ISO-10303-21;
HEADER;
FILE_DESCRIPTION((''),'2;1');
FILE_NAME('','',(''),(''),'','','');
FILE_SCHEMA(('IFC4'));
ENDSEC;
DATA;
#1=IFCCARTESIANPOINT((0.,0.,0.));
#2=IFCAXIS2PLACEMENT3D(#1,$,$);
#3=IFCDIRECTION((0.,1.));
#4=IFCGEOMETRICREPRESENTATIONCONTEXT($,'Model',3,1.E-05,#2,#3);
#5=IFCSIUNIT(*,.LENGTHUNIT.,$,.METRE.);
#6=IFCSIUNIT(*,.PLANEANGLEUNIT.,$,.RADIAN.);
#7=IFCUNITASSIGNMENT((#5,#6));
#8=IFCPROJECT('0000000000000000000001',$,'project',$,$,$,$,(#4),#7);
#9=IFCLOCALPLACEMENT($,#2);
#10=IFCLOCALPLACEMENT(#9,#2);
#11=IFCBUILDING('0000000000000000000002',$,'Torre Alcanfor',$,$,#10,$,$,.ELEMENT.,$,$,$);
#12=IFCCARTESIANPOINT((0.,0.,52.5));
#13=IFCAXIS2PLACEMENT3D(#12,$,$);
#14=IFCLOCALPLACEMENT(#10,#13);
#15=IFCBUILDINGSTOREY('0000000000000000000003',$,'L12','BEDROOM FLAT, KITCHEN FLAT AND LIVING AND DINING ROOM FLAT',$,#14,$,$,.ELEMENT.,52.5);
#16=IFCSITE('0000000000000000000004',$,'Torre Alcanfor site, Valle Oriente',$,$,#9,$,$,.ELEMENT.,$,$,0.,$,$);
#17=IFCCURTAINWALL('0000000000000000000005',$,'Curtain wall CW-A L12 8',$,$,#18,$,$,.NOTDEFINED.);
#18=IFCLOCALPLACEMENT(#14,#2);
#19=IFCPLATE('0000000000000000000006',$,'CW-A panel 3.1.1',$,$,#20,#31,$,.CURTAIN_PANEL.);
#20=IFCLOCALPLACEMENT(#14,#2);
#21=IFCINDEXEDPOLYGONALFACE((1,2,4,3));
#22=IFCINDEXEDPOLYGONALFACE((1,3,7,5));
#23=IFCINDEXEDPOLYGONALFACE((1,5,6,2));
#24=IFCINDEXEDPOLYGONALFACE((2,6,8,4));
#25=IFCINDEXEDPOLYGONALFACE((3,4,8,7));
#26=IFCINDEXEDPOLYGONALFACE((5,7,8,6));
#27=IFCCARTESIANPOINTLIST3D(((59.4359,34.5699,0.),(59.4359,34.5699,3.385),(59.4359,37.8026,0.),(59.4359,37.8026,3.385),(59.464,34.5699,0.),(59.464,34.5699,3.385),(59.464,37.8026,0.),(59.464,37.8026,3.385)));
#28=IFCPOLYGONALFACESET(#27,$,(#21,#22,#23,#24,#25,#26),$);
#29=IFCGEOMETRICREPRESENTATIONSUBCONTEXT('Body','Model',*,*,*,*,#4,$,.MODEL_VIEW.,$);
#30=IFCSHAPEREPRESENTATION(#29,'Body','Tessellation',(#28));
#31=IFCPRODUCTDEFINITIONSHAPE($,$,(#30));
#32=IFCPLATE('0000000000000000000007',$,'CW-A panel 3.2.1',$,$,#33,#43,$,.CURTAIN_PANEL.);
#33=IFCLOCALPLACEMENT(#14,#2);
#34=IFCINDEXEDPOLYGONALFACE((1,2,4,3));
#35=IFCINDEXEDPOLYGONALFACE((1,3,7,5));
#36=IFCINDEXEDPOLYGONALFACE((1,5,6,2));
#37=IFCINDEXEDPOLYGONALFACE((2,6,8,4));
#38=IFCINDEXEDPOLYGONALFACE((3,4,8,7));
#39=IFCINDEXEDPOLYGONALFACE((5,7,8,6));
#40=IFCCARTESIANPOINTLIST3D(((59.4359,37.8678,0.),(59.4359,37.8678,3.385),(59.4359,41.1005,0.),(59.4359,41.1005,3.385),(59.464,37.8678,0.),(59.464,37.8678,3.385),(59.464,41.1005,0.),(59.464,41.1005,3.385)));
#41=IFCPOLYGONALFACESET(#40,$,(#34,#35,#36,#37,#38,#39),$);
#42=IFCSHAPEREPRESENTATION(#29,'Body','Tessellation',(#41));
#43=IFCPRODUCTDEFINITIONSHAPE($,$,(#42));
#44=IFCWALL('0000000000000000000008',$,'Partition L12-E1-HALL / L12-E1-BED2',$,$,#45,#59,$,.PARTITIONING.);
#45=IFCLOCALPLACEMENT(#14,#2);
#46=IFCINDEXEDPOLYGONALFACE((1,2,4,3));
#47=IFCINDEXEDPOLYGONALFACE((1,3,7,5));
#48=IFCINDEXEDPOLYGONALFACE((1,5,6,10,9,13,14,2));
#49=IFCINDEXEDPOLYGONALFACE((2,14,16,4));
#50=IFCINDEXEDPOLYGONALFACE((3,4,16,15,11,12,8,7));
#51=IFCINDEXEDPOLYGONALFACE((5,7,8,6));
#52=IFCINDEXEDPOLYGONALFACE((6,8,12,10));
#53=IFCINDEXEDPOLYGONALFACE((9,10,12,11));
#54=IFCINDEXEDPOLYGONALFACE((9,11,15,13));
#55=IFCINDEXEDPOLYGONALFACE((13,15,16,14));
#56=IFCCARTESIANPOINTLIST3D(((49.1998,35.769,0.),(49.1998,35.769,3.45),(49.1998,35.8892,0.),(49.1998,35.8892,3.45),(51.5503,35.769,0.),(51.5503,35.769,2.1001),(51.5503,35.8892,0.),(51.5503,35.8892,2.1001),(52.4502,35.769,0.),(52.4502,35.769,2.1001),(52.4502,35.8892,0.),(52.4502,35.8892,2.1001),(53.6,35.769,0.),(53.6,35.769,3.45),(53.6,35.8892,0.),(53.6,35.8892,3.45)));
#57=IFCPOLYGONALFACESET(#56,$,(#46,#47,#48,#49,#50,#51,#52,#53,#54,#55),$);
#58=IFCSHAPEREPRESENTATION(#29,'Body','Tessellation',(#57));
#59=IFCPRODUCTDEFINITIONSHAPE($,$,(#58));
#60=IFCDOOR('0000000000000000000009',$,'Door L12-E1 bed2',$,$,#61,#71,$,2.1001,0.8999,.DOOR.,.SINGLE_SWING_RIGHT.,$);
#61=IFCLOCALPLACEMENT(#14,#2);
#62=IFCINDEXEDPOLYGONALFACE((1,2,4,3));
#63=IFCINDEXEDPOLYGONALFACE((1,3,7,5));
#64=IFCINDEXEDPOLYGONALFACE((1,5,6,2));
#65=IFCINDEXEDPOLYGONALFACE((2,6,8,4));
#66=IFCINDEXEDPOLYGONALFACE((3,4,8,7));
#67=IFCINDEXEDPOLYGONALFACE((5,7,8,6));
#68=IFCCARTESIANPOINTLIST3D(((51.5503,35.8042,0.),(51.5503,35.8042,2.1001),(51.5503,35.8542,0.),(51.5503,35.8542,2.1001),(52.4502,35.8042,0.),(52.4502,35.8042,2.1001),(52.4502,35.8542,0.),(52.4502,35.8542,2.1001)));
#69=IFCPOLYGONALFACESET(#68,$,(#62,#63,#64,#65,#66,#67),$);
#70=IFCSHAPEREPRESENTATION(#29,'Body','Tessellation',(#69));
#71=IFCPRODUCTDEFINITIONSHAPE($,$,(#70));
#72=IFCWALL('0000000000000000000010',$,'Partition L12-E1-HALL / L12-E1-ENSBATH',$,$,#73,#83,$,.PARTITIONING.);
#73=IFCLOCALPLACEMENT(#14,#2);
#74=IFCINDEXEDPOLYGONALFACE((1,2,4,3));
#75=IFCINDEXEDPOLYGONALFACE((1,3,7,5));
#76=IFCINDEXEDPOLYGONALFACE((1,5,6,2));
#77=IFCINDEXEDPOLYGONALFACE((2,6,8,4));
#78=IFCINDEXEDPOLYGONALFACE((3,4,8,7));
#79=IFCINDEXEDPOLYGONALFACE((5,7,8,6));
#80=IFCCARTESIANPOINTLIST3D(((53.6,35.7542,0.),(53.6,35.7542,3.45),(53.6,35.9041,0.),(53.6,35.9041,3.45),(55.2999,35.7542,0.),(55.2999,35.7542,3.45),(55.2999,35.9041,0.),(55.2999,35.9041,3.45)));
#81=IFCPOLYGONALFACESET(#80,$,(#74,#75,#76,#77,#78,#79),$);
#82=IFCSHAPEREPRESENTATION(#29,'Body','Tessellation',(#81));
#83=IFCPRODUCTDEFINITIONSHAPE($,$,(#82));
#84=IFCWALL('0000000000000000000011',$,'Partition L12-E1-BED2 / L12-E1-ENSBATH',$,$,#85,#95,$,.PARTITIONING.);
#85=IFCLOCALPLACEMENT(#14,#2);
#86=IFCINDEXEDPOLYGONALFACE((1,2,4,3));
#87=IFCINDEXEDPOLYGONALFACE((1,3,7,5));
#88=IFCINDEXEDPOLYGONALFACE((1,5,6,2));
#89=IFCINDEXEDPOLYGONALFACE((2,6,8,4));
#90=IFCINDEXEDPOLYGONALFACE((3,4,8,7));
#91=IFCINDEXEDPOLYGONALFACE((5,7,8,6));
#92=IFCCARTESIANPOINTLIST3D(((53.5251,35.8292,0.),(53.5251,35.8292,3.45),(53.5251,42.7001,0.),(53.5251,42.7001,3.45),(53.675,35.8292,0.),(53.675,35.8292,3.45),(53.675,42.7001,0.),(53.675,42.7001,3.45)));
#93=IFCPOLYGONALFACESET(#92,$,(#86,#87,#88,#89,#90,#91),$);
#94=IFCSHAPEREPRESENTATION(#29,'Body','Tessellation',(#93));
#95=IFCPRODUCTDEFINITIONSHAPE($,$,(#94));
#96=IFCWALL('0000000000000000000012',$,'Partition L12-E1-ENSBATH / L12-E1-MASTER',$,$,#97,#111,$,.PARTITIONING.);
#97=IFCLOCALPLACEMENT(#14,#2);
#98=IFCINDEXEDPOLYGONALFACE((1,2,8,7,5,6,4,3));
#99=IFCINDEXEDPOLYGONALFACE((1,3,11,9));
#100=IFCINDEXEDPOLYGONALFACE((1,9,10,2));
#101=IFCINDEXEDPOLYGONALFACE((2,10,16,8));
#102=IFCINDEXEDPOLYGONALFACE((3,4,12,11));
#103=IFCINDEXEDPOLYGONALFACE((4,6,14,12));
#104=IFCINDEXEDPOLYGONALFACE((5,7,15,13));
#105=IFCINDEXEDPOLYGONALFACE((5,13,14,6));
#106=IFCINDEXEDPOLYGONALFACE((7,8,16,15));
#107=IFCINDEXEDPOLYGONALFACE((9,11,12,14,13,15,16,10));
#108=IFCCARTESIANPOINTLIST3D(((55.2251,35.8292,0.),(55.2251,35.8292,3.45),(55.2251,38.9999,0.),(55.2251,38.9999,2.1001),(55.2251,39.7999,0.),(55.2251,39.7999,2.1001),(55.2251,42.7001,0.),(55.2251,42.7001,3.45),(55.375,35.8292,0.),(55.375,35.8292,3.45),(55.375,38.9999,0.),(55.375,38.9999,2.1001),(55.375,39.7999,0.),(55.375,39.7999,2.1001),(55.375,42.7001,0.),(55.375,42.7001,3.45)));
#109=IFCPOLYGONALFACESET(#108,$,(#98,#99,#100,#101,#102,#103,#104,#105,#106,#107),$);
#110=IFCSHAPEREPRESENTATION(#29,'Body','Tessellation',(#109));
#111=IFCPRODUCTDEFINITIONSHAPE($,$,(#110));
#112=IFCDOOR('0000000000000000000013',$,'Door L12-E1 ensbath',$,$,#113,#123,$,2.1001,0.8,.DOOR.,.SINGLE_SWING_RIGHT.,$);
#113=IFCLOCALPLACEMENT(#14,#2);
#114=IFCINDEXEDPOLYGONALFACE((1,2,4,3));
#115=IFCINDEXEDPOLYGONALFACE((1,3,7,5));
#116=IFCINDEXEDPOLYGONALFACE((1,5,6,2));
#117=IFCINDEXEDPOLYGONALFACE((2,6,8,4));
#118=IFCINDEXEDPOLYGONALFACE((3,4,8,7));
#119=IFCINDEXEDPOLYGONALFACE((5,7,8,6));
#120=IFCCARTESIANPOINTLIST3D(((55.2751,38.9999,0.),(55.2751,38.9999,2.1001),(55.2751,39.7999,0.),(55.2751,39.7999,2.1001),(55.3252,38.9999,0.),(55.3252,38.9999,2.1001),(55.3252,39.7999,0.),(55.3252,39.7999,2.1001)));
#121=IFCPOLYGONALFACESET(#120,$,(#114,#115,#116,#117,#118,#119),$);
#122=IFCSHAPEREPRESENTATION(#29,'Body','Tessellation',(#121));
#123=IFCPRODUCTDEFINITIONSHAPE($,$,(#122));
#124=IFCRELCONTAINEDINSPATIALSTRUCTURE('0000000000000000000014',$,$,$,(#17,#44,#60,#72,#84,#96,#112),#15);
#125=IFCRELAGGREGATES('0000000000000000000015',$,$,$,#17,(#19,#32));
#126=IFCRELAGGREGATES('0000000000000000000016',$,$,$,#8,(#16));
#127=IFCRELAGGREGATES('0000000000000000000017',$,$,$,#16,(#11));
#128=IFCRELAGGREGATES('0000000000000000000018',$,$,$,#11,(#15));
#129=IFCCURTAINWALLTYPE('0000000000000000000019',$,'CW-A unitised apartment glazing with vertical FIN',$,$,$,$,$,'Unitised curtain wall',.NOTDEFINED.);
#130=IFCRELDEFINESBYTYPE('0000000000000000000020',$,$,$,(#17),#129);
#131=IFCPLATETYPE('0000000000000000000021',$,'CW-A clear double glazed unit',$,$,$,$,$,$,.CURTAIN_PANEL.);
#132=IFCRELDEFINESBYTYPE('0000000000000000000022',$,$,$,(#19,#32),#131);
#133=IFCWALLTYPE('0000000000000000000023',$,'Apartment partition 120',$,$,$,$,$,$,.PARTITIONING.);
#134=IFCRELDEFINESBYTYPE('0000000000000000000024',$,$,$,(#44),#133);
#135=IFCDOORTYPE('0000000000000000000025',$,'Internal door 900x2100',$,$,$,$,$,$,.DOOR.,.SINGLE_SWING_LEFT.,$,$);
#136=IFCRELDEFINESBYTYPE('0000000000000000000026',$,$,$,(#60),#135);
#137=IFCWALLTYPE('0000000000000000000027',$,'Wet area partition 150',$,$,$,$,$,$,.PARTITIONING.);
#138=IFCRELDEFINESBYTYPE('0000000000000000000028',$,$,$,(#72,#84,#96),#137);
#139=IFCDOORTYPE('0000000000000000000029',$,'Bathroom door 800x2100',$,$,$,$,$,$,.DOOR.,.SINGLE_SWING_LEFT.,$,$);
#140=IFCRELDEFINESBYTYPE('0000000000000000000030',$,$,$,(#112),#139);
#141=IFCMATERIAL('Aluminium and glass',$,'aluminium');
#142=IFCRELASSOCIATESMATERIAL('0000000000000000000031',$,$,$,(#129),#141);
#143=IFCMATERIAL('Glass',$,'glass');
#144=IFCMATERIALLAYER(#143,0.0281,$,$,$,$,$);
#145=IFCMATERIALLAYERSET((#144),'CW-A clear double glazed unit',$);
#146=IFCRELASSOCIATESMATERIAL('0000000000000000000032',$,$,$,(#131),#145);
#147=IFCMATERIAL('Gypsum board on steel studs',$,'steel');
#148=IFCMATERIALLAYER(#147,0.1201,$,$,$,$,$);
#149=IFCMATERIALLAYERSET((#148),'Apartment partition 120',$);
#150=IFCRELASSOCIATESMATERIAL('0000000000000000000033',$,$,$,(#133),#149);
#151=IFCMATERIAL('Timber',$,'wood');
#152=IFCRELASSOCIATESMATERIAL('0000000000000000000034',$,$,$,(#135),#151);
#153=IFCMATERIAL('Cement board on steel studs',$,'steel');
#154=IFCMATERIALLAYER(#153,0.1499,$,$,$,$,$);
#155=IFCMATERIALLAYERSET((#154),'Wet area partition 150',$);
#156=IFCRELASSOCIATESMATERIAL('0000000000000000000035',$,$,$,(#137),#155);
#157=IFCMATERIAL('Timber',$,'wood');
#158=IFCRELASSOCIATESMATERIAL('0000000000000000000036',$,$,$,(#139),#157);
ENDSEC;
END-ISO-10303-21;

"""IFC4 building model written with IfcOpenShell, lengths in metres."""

from ifc_helpers import new_model, si_unit, direction, frame, frame_2d, origin, origin_2d, place, context, subcontext, project, spatial, rectangle, extrude, material, layer, layer_set, type_object, element, fill, aggregate, save


model = new_model("IFC4")

# Units and contexts
model_context = context("Model", 3, precision=1e-05, world=origin(), true_north=direction((0.0, 1.0)))
body_context = subcontext(model_context, "Body", "Model", "MODEL_VIEW")
ifc_project = project(units=[si_unit("LENGTHUNIT", "METRE"), si_unit("PLANEANGLEUNIT", "RADIAN")], contexts=[model_context])

# Site, building, storey
site_placement = place(None, origin())
site = spatial("IfcSite", under=ifc_project, at=site_placement, Name="Torre Alcanfor site, Valle Oriente", CompositionType="ELEMENT", RefElevation=0.0)
building_placement = place(site_placement, origin())
building = spatial("IfcBuilding", under=site, at=building_placement, Name="Torre Alcanfor", CompositionType="ELEMENT")
storey_placement = place(building_placement, frame((0.0, 0.0, 52.5)))
storey = spatial("IfcBuildingStorey", under=building, at=storey_placement, Name="L12", Description="BEDROOM FLAT, KITCHEN FLAT AND LIVING AND DINING ROOM FLAT", CompositionType="ELEMENT", Elevation=52.5)

# Curtain wall
ifc_material_1 = material(Name="Aluminium and glass", Category="aluminium")
curtain_wall_type = type_object("IfcCurtainWallType", Name="CW-A unitised apartment glazing with vertical FIN", ElementType="Unitised curtain wall", PredefinedType="NOTDEFINED", material=ifc_material_1)
curtain_wall_placement = place(storey_placement, origin())
curtain_wall = element("IfcCurtainWall", 1, at=curtain_wall_placement, inside=storey, type_object=curtain_wall_type, Name="Curtain wall CW-A L12 8", PredefinedType="NOTDEFINED")

# Plates
ifc_material_2 = material(Name="Glass", Category="glass")
ifc_layer_1 = layer(ifc_material_2, 0.0281)
ifc_layer_set_1 = layer_set([ifc_layer_1], Name="CW-A clear double glazed unit")
plate_type = type_object("IfcPlateType", Name="CW-A clear double glazed unit", PredefinedType="CURTAIN_PANEL", material=ifc_layer_set_1)
plate_1_placement = place(storey_placement, frame((59.45, 36.1863, 0.0), z_axis=(0.0, 0.0, 1.0), x_axis=(0.0, 1.0, 0.0)))
plate_1 = element("IfcPlate", 2, at=plate_1_placement, type_object=plate_type, Name="CW-A panel 3.1.1", PredefinedType="CURTAIN_PANEL", context=body_context, shape_type="SweptSolid", body=[
    extrude(rectangle(XDim=3.2327, YDim=0.0281, at=origin_2d()), origin(), (0.0, 0.0, 1.0), 3.385),
])
plate_2_placement = place(storey_placement, frame((59.45, 39.4841, 0.0), z_axis=(0.0, 0.0, 1.0), x_axis=(0.0, 1.0, 0.0)))
plate_2 = element("IfcPlate", 3, at=plate_2_placement, type_object=plate_type, Name="CW-A panel 3.2.1", PredefinedType="CURTAIN_PANEL", context=body_context, shape_type="SweptSolid", body=[
    extrude(rectangle(XDim=3.2327, YDim=0.0281, at=origin_2d()), origin(), (0.0, 0.0, 1.0), 3.385),
])
aggregate(curtain_wall, [plate_1, plate_2])

# Wall, opening, door
ifc_material_3 = material(Name="Gypsum board on steel studs", Category="steel")
ifc_layer_2 = layer(ifc_material_3, 0.1201)
ifc_layer_set_2 = layer_set([ifc_layer_2], Name="Apartment partition 120")
wall_type_1 = type_object("IfcWallType", Name="Apartment partition 120", PredefinedType="PARTITIONING", material=ifc_layer_set_2)
wall_1_placement = place(storey_placement, frame((53.6001, 35.8291, 0.0), z_axis=(0.0, 0.0, 1.0), x_axis=(-1.0, 0.0, 0.0)))
wall_1 = element("IfcWall", 4, at=wall_1_placement, inside=storey, type_object=wall_type_1, Name="Partition L12-E1-HALL / L12-E1-BED2", PredefinedType="PARTITIONING", context=body_context, shape_type="SweptSolid", body=[
    extrude(rectangle(XDim=4.4001, YDim=0.1201, at=frame_2d((2.2002, 0.0))), origin(), (0.0, 0.0, 1.0), 3.45),
])
opening_1_placement = place(wall_1_placement, frame((1.1499, 0.0, 0.0)))
opening_1 = element("IfcOpeningElement", 5, at=opening_1_placement, cuts=wall_1, PredefinedType="OPENING", context=body_context, shape_type="SweptSolid", body=[
    extrude(rectangle(XDim=0.8999, YDim=2.1001, at=frame_2d((0.45, 1.05))), frame((0.0, 0.0701, 0.0), z_axis=(0.0, -1.0, 0.0), x_axis=(1.0, 0.0, 0.0)), (0.0, 0.0, 1.0), 0.1401),
])
ifc_material_4 = material(Name="Timber", Category="wood")
door_type_1 = type_object("IfcDoorType", Name="Internal door 900x2100", OperationType="SINGLE_SWING_LEFT", PredefinedType="DOOR", material=ifc_material_4)
door_1_placement = place(opening_1_placement, frame((0.8999, 0.0, 0.0), z_axis=(0.0, 0.0, 1.0), x_axis=(-1.0, 0.0, 0.0)))
door_1 = element("IfcDoor", 6, at=door_1_placement, inside=storey, type_object=door_type_1, Name="Door L12-E1 bed2", OperationType="SINGLE_SWING_RIGHT", OverallHeight=2.1001, OverallWidth=0.8999, PredefinedType="DOOR", context=body_context, shape_type="SweptSolid", body=[
    extrude(rectangle(XDim=0.8999, YDim=2.1001, at=frame_2d((0.45, 1.05))), frame((0.0, 0.0251, 0.0), z_axis=(0.0, -1.0, 0.0), x_axis=(1.0, 0.0, 0.0)), (0.0, 0.0, 1.0), 0.05),
])
fill(opening_1, door_1)

# Walls
ifc_material_5 = material(Name="Cement board on steel studs", Category="steel")
ifc_layer_3 = layer(ifc_material_5, 0.1499)
ifc_layer_set_3 = layer_set([ifc_layer_3], Name="Wet area partition 150")
wall_type_2 = type_object("IfcWallType", Name="Wet area partition 150", PredefinedType="PARTITIONING", material=ifc_layer_set_3)
wall_2_placement = place(storey_placement, frame((55.3, 35.8291, 0.0), z_axis=(0.0, 0.0, 1.0), x_axis=(-1.0, 0.0, 0.0)))
element("IfcWall", 7, at=wall_2_placement, inside=storey, type_object=wall_type_2, Name="Partition L12-E1-HALL / L12-E1-ENSBATH", PredefinedType="PARTITIONING", context=body_context, shape_type="SweptSolid", body=[
    extrude(rectangle(XDim=1.7, YDim=0.1499, at=frame_2d((0.8501, 0.0))), origin(), (0.0, 0.0, 1.0), 3.45),
])
wall_3_placement = place(storey_placement, frame((53.6001, 35.8291, 0.0), z_axis=(0.0, 0.0, 1.0), x_axis=(0.0, 1.0, 0.0)))
element("IfcWall", 8, at=wall_3_placement, inside=storey, type_object=wall_type_2, Name="Partition L12-E1-BED2 / L12-E1-ENSBATH", PredefinedType="PARTITIONING", context=body_context, shape_type="SweptSolid", body=[
    extrude(rectangle(XDim=6.8708, YDim=0.1499, at=frame_2d((3.4355, 0.0))), origin(), (0.0, 0.0, 1.0), 3.45),
])

# Wall, opening, door
wall_4_placement = place(storey_placement, frame((55.3, 35.8291, 0.0), z_axis=(0.0, 0.0, 1.0), x_axis=(0.0, 1.0, 0.0)))
wall_4 = element("IfcWall", 9, at=wall_4_placement, inside=storey, type_object=wall_type_2, Name="Partition L12-E1-ENSBATH / L12-E1-MASTER", PredefinedType="PARTITIONING", context=body_context, shape_type="SweptSolid", body=[
    extrude(rectangle(XDim=6.8708, YDim=0.1499, at=frame_2d((3.4355, 0.0))), origin(), (0.0, 0.0, 1.0), 3.45),
])
opening_2_placement = place(wall_4_placement, frame((3.1709, 0.0, 0.0)))
opening_2 = element("IfcOpeningElement", 10, at=opening_2_placement, cuts=wall_4, PredefinedType="OPENING", context=body_context, shape_type="SweptSolid", body=[
    extrude(rectangle(XDim=0.8, YDim=2.1001, at=frame_2d((0.3999, 1.05))), frame((0.0, 0.085, 0.0), z_axis=(0.0, -1.0, 0.0), x_axis=(1.0, 0.0, 0.0)), (0.0, 0.0, 1.0), 0.1699),
])
ifc_material_6 = material(Name="Timber", Category="wood")
door_type_2 = type_object("IfcDoorType", Name="Bathroom door 800x2100", OperationType="SINGLE_SWING_LEFT", PredefinedType="DOOR", material=ifc_material_6)
door_2_placement = place(opening_2_placement, origin())
door_2 = element("IfcDoor", 11, at=door_2_placement, inside=storey, type_object=door_type_2, Name="Door L12-E1 ensbath", OperationType="SINGLE_SWING_RIGHT", OverallHeight=2.1001, OverallWidth=0.8, PredefinedType="DOOR", context=body_context, shape_type="SweptSolid", body=[
    extrude(rectangle(XDim=0.8, YDim=2.1001, at=frame_2d((0.3999, 1.05))), frame((0.0, 0.0249, 0.0), z_axis=(0.0, -1.0, 0.0), x_axis=(1.0, 0.0, 0.0)), (0.0, 0.0, 1.0), 0.05),
])
fill(opening_2, door_2)

save(model, "model.ifc")
